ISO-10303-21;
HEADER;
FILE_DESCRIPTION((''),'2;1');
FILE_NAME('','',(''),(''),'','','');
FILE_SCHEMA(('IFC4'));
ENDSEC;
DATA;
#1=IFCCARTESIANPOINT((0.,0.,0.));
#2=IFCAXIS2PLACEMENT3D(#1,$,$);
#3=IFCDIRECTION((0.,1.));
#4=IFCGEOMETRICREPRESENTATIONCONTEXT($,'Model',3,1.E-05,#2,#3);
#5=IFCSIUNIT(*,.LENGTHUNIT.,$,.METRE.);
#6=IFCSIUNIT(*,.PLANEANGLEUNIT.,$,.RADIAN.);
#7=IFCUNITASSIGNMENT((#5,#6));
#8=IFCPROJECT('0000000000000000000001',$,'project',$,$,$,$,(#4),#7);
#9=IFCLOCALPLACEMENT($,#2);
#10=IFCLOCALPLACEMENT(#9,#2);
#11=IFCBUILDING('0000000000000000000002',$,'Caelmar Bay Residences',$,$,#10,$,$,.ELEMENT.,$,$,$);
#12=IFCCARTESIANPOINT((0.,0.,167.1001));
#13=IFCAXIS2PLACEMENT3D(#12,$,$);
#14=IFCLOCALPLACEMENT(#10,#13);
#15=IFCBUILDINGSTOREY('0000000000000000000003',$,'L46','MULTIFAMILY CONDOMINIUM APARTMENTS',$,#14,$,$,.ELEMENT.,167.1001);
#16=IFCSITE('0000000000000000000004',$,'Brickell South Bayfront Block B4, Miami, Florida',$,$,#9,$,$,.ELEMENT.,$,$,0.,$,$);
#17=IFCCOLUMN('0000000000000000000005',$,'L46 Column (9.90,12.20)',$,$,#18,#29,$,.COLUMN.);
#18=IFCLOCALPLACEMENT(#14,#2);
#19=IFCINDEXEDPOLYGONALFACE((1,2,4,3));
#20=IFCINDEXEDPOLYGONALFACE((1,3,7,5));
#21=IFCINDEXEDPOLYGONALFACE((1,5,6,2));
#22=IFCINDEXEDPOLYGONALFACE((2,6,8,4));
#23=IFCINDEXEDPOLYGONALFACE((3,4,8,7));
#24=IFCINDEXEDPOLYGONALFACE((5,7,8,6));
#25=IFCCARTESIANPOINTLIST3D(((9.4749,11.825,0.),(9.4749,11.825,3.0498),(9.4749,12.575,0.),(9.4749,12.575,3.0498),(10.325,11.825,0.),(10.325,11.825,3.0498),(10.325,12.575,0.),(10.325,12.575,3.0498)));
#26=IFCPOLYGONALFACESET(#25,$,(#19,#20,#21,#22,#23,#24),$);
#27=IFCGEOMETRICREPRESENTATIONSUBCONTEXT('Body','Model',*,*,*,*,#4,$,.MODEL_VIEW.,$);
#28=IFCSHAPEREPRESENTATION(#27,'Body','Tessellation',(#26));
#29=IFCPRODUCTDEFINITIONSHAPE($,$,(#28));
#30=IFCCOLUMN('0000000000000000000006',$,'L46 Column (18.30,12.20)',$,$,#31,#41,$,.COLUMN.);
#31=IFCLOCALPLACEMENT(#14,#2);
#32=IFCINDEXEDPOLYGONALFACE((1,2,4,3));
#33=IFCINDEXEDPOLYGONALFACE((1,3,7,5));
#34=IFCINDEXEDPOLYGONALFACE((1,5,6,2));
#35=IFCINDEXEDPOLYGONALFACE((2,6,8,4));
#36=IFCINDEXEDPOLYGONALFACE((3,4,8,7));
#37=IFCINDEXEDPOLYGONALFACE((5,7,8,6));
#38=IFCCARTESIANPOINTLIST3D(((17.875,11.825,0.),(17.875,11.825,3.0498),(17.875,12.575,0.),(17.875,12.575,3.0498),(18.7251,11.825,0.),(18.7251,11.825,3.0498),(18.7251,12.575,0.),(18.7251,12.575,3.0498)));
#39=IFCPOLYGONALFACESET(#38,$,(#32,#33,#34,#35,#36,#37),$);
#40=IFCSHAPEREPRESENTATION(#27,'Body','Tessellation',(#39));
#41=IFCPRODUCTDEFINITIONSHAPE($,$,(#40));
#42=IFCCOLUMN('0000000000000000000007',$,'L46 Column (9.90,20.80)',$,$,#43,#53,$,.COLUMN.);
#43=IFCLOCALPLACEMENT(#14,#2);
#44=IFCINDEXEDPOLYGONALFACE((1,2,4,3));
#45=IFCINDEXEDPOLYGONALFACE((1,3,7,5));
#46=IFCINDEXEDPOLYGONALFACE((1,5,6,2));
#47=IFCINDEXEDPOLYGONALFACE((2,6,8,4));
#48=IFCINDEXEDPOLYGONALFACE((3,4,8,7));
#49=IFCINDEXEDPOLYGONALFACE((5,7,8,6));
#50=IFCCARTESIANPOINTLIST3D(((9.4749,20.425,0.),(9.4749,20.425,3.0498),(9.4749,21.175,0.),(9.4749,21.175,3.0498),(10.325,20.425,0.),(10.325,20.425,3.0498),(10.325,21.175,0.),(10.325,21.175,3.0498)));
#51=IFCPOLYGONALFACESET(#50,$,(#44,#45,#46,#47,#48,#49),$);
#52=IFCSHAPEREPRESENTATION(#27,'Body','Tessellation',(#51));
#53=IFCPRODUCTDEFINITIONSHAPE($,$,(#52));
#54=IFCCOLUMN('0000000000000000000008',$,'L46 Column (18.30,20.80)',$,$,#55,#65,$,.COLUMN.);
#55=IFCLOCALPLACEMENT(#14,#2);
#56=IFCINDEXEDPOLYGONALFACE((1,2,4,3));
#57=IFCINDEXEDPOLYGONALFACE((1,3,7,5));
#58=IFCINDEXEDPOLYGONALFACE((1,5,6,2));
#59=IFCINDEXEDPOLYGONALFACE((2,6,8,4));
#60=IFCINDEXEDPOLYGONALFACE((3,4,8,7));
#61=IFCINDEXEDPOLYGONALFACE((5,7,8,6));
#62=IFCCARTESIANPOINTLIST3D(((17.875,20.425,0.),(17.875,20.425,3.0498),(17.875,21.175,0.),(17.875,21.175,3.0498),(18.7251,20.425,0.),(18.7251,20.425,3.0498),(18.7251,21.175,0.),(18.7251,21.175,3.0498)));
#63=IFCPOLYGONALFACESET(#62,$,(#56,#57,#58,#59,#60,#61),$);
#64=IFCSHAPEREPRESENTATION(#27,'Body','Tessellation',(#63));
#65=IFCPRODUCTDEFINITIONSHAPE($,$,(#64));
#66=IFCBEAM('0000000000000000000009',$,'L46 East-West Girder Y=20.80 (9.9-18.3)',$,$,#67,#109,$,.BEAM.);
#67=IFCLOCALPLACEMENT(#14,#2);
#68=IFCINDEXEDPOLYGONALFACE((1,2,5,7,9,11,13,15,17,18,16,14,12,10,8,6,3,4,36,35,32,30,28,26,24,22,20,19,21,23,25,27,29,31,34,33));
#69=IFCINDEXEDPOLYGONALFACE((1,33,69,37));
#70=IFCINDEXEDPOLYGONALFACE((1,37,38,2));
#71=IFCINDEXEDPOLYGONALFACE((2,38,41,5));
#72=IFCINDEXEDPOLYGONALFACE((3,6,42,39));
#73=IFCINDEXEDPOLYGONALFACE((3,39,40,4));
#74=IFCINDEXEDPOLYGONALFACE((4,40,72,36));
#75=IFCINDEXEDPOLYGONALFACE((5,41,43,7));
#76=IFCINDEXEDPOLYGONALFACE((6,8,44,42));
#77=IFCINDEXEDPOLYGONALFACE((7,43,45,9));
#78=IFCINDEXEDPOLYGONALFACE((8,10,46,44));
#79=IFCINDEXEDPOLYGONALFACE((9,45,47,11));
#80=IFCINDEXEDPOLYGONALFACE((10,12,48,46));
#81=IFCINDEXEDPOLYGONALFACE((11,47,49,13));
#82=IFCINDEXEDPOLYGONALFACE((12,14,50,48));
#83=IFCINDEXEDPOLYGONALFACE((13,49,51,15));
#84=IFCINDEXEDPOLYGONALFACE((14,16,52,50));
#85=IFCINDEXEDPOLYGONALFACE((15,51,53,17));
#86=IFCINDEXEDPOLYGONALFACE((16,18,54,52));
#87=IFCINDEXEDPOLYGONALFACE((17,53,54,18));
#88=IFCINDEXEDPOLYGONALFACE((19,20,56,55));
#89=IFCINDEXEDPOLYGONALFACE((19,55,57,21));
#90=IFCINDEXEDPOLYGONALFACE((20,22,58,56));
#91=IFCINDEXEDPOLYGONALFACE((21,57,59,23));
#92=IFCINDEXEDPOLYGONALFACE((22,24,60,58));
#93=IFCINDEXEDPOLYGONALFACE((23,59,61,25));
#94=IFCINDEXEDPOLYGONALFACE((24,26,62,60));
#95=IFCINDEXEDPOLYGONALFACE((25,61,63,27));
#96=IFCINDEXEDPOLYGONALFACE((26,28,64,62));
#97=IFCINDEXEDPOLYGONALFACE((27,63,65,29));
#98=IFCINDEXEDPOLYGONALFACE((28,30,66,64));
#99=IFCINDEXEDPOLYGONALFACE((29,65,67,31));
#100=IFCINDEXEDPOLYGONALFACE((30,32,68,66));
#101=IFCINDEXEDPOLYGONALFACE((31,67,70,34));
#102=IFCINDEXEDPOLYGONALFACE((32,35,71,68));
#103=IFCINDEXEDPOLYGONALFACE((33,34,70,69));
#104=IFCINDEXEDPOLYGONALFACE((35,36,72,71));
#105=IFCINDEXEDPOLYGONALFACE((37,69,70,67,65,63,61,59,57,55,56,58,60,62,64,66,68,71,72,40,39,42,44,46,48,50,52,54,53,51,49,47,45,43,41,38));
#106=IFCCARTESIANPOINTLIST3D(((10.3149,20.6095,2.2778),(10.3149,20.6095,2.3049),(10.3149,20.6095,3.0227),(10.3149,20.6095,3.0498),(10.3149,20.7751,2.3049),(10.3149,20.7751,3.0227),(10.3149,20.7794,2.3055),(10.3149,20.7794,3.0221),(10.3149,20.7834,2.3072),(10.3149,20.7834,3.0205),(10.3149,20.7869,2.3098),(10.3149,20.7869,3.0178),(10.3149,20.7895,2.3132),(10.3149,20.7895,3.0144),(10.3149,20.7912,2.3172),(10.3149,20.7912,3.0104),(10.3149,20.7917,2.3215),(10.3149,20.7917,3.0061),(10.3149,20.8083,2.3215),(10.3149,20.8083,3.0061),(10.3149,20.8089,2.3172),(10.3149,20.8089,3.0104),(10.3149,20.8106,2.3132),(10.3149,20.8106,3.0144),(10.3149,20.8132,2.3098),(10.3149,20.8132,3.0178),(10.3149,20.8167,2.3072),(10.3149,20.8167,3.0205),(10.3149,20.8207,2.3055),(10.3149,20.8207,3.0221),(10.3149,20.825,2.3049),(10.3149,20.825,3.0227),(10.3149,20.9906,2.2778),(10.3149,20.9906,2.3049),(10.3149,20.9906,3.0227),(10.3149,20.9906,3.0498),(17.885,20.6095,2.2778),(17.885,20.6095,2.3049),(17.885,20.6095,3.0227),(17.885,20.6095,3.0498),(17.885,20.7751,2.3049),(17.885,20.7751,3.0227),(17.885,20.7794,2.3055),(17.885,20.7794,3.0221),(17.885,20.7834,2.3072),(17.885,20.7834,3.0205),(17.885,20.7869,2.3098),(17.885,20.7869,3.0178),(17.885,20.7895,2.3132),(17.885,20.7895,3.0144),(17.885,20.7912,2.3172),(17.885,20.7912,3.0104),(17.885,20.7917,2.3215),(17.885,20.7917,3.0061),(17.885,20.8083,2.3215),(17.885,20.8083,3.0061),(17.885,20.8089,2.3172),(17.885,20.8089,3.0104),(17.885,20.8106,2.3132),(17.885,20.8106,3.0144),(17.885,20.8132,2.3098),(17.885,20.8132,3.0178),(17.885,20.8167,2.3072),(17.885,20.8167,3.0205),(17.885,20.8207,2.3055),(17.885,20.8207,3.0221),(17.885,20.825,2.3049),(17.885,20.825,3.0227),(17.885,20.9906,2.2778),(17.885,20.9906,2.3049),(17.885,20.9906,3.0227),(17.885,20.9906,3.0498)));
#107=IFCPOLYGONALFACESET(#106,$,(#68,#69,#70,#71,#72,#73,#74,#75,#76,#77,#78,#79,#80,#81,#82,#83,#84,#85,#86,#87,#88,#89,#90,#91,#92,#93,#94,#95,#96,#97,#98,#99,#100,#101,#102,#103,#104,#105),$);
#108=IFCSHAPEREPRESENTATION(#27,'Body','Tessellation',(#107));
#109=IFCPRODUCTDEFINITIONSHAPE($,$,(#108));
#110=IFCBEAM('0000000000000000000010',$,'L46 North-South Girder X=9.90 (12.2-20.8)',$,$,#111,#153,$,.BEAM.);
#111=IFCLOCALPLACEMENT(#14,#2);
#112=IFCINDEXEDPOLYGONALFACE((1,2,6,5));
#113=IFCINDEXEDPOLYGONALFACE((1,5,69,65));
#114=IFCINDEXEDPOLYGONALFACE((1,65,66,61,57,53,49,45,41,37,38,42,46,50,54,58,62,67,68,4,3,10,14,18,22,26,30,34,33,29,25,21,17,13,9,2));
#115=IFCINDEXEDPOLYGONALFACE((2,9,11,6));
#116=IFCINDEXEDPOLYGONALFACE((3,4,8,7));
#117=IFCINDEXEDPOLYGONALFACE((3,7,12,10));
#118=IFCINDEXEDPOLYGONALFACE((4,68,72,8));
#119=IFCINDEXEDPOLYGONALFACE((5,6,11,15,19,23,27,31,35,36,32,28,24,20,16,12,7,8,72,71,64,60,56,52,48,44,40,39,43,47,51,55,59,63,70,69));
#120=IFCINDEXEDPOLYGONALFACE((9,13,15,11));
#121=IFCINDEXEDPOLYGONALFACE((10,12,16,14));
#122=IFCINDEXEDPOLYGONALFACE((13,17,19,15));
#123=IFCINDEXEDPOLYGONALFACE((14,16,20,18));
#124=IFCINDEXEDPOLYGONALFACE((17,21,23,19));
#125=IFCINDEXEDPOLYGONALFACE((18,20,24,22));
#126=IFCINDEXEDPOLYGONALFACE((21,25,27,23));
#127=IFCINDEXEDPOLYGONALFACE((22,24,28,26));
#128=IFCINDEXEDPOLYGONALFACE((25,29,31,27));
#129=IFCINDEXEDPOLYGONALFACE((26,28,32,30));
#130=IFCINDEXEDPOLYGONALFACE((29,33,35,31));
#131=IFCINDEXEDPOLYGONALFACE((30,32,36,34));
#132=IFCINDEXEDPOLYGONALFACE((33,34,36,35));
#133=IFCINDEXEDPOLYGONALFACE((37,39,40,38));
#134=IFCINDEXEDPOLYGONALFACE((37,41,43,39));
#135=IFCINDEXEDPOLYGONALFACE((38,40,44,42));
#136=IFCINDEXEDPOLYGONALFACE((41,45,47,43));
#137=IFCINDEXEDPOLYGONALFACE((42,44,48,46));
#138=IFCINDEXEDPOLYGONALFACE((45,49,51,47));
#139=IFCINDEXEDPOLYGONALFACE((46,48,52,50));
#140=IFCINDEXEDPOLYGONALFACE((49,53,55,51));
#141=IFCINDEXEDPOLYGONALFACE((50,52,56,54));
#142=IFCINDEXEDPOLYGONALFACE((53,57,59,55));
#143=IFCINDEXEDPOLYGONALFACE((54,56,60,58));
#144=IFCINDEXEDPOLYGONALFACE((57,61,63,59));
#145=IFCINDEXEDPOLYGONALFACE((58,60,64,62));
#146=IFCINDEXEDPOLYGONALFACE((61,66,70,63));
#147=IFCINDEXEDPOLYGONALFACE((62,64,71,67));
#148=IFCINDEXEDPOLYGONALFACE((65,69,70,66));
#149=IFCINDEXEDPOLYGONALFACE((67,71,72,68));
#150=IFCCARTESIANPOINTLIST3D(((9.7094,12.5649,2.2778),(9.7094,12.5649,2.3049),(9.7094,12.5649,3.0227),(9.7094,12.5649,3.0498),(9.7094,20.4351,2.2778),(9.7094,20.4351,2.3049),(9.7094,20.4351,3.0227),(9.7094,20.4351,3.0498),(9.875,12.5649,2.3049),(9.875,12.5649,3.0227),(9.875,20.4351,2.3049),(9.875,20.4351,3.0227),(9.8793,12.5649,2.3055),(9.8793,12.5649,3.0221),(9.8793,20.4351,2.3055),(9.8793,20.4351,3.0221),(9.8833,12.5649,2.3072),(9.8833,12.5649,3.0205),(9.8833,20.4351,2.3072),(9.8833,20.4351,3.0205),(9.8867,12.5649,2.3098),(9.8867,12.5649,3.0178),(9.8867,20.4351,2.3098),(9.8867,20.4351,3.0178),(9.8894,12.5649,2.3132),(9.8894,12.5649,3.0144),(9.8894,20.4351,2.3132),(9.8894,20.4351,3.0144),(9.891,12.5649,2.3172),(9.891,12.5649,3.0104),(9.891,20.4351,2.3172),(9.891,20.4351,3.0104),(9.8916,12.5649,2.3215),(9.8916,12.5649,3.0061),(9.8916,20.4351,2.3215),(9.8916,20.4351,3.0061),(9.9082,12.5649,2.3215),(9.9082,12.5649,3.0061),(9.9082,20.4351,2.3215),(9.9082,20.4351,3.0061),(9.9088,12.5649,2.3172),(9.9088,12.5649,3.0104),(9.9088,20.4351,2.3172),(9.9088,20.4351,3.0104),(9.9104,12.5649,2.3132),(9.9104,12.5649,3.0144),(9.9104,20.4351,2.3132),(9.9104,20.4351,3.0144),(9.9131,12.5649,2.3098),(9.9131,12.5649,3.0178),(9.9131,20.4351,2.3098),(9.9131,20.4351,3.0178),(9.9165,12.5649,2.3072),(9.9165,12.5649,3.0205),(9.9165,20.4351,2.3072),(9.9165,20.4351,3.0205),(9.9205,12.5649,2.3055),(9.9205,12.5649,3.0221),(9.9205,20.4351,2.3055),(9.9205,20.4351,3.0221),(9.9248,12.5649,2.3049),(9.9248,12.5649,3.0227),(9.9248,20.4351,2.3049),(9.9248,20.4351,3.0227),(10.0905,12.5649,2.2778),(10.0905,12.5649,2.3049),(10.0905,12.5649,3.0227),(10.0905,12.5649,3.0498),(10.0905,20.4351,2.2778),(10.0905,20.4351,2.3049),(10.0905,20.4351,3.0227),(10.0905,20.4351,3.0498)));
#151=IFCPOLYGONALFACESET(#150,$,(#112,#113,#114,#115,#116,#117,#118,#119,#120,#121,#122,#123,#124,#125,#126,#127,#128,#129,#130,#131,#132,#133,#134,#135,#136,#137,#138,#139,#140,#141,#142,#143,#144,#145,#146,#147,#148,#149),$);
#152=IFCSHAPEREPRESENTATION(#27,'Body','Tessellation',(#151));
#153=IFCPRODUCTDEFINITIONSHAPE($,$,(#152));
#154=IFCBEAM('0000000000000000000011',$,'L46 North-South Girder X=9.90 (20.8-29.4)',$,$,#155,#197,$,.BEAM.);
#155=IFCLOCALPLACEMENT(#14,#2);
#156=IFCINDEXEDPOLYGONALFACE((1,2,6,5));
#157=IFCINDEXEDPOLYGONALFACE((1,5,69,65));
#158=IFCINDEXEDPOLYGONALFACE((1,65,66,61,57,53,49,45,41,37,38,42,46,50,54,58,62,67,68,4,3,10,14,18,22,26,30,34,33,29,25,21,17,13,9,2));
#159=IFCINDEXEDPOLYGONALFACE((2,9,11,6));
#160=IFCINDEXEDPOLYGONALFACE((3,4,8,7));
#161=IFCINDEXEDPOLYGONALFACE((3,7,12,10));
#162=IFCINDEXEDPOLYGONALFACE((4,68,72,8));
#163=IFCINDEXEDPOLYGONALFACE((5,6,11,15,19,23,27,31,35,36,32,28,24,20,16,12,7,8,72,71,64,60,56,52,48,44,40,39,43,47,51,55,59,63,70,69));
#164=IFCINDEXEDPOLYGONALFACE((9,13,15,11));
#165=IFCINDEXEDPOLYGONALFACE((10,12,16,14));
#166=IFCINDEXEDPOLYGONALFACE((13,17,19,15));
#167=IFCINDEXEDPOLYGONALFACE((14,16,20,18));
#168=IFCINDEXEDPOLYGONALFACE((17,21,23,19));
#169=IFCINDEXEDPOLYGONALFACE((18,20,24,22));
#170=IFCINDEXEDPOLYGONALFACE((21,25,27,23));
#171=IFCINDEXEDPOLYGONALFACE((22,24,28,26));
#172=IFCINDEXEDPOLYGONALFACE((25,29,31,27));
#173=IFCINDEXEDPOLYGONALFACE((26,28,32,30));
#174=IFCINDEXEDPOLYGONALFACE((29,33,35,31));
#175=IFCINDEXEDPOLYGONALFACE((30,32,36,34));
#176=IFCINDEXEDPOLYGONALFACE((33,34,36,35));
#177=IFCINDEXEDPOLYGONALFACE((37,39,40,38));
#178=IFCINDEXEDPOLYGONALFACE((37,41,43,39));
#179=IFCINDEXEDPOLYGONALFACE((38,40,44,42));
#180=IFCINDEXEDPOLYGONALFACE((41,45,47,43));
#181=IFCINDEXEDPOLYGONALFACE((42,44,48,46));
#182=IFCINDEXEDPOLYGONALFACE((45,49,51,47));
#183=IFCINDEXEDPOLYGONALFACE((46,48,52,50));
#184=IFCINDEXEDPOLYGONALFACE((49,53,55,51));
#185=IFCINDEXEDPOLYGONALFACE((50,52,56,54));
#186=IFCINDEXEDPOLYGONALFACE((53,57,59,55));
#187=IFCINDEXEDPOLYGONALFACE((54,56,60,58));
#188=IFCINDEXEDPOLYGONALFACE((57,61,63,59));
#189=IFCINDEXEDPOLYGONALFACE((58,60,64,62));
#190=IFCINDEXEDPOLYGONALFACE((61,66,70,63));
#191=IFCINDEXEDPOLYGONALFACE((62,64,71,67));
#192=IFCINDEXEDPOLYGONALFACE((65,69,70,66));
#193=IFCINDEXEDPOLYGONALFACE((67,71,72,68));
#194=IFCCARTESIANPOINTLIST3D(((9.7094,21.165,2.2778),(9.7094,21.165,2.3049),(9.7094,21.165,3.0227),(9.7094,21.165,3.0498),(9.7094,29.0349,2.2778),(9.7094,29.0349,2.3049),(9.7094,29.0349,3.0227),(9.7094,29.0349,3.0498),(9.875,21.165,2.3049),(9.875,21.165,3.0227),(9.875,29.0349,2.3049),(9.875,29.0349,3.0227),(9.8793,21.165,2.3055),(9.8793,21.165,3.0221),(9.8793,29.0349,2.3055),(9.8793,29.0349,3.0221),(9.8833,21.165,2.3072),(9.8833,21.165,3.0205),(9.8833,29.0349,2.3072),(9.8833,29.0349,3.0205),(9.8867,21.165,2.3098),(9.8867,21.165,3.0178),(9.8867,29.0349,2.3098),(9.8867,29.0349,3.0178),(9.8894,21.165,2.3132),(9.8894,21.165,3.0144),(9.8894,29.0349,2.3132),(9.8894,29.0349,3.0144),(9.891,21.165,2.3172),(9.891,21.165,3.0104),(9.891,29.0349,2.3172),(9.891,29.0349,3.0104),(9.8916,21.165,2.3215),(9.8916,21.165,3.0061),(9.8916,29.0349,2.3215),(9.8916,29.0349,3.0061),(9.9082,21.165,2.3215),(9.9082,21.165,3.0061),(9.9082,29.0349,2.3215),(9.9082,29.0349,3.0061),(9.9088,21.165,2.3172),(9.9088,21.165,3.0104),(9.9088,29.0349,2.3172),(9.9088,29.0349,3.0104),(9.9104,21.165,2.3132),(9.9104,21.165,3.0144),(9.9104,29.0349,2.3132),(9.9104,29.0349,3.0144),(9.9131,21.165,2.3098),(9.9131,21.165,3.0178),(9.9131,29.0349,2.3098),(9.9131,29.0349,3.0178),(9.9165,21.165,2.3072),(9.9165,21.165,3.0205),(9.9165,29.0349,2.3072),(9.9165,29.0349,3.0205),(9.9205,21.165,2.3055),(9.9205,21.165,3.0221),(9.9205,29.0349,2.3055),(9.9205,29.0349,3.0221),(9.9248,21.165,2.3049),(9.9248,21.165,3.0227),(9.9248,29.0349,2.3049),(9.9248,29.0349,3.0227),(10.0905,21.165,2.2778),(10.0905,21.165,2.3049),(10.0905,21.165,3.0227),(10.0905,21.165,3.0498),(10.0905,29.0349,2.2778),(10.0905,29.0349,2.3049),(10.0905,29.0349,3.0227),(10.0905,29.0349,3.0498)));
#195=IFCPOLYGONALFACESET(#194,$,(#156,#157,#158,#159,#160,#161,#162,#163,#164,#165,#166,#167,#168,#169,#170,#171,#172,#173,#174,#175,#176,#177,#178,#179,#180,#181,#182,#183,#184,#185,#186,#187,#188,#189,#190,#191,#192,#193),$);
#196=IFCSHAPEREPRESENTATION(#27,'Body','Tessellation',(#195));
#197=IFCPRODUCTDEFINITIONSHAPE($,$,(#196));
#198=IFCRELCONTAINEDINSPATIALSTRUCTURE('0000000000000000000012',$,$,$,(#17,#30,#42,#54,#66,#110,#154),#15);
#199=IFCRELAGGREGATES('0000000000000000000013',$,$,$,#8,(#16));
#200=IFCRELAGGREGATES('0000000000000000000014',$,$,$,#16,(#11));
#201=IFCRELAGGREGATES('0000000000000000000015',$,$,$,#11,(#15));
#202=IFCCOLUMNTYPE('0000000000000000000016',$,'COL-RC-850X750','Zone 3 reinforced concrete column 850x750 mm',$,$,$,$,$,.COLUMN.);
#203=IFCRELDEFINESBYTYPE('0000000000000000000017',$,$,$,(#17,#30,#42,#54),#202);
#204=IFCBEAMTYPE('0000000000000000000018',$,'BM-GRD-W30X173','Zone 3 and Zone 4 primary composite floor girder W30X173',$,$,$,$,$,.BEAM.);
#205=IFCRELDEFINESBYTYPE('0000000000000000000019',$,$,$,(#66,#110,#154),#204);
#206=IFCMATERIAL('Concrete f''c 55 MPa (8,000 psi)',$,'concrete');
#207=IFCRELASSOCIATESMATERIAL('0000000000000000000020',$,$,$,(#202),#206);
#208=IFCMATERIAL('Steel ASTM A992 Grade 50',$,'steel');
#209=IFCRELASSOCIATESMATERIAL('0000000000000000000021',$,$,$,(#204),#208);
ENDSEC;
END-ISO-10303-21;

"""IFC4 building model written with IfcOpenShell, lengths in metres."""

from ifc_helpers import new_model, si_unit, direction, frame, origin, origin_2d, place, context, subcontext, project, spatial, rectangle, i_section, extrude, material, material_profile, profile_set, type_object, element, save


model = new_model("IFC4")

# Units and contexts
model_context = context("Model", 3, precision=1e-05, world=origin(), true_north=direction((0.0, 1.0)))
body_context = subcontext(model_context, "Body", "Model", "MODEL_VIEW")
ifc_project = project(units=[si_unit("LENGTHUNIT", "METRE"), si_unit("PLANEANGLEUNIT", "RADIAN")], contexts=[model_context])

# Site, building, storey
site_placement = place(None, origin())
site = spatial("IfcSite", under=ifc_project, at=site_placement, Name="Brickell South Bayfront Block B4, Miami, Florida", CompositionType="ELEMENT", RefElevation=0.0)
building_placement = place(site_placement, origin())
building = spatial("IfcBuilding", under=site, at=building_placement, Name="Caelmar Bay Residences", CompositionType="ELEMENT")
storey_placement = place(building_placement, frame((0.0, 0.0, 167.1001)))
storey = spatial("IfcBuildingStorey", under=building, at=storey_placement, Name="L46", Description="MULTIFAMILY CONDOMINIUM APARTMENTS", CompositionType="ELEMENT", Elevation=167.1001)

# Columns
ifc_material_1 = material(Name="Concrete f'c 55 MPa (8,000 psi)", Category="concrete")
ifc_material_profile_1 = material_profile(ifc_material_1, rectangle(XDim=0.8501, YDim=0.75, at=origin_2d()), Name="RC-COL-850X750")
ifc_profile_set_1 = profile_set([ifc_material_profile_1], Name="Concrete f'c 55 MPa (8,000 psi)")
column_type = type_object("IfcColumnType", Name="COL-RC-850X750", Description="Zone 3 reinforced concrete column 850x750 mm", PredefinedType="COLUMN", material=ifc_profile_set_1)
for number, where, z_axis, x_axis, name in (
    (1, (9.8999, 12.2, 0.0), (0.0, 0.0, 1.0), (1.0, 0.0, 0.0), "L46 Column (9.90,12.20)"),
    (2, (18.3, 12.2, 0.0), (0.0, 0.0, 1.0), (1.0, 0.0, 0.0), "L46 Column (18.30,12.20)"),
    (3, (9.8999, 20.8, 0.0), (0.0, 0.0, 1.0), (1.0, 0.0, 0.0), "L46 Column (9.90,20.80)"),
    (4, (18.3, 20.8, 0.0), (0.0, 0.0, 1.0), (1.0, 0.0, 0.0), "L46 Column (18.30,20.80)"),
):
    element("IfcColumn", number, at=place(storey_placement, frame(where, z_axis=z_axis, x_axis=x_axis)), inside=storey, type_object=column_type, Name=name, PredefinedType="COLUMN", context=body_context, shape_type="SweptSolid", body=[
        extrude(rectangle(XDim=0.8501, YDim=0.75, at=origin_2d()), origin(), (0.0, 0.0, 1.0), 3.0498),
    ])

# Beams
ifc_material_2 = material(Name="Steel ASTM A992 Grade 50", Category="steel")
ifc_material_profile_2 = material_profile(ifc_material_2, i_section(OverallWidth=0.3811, OverallDepth=0.772, WebThickness=0.0166, FlangeThickness=0.0271, FilletRadius=0.0166, at=origin_2d()), Name="W30X173")
ifc_profile_set_2 = profile_set([ifc_material_profile_2], Name="Steel ASTM A992 Grade 50")
beam_type_1 = type_object("IfcBeamType", Name="BM-GRD-W30X173", Description="Zone 3 and Zone 4 primary composite floor girder W30X173", PredefinedType="BEAM", material=ifc_profile_set_2)
beam_1_placement = place(storey_placement, frame((10.3149, 20.8, 2.6638), z_axis=(1.0, 0.0, 0.0), x_axis=(0.0, 1.0, 0.0)))
element("IfcBeam", 5, at=beam_1_placement, inside=storey, type_object=beam_type_1, Name="L46 East-West Girder Y=20.80 (9.9-18.3)", PredefinedType="BEAM", context=body_context, shape_type="SweptSolid", body=[
    extrude(i_section(OverallWidth=0.3811, OverallDepth=0.772, WebThickness=0.0166, FlangeThickness=0.0271, FilletRadius=0.0166, at=origin_2d()), origin(), (0.0, 0.0, 1.0), 7.5701),
])
beam_2_placement = place(storey_placement, frame((9.8999, 12.5649, 2.6638), z_axis=(0.0, 1.0, 0.0), x_axis=(-1.0, 0.0, 0.0)))
element("IfcBeam", 6, at=beam_2_placement, inside=storey, type_object=beam_type_1, Name="L46 North-South Girder X=9.90 (12.2-20.8)", PredefinedType="BEAM", context=body_context, shape_type="SweptSolid", body=[
    extrude(i_section(OverallWidth=0.3811, OverallDepth=0.772, WebThickness=0.0166, FlangeThickness=0.0271, FilletRadius=0.0166, at=origin_2d()), origin(), (0.0, 0.0, 1.0), 7.8701),
])
beam_3_placement = place(storey_placement, frame((9.8999, 21.165, 2.6638), z_axis=(0.0, 1.0, 0.0), x_axis=(-1.0, 0.0, 0.0)))
element("IfcBeam", 7, at=beam_3_placement, inside=storey, type_object=beam_type_1, Name="L46 North-South Girder X=9.90 (20.8-29.4)", PredefinedType="BEAM", context=body_context, shape_type="SweptSolid", body=[
    extrude(i_section(OverallWidth=0.3811, OverallDepth=0.772, WebThickness=0.0166, FlangeThickness=0.0271, FilletRadius=0.0166, at=origin_2d()), origin(), (0.0, 0.0, 1.0), 7.8699),
])

save(model, "model.ifc")
